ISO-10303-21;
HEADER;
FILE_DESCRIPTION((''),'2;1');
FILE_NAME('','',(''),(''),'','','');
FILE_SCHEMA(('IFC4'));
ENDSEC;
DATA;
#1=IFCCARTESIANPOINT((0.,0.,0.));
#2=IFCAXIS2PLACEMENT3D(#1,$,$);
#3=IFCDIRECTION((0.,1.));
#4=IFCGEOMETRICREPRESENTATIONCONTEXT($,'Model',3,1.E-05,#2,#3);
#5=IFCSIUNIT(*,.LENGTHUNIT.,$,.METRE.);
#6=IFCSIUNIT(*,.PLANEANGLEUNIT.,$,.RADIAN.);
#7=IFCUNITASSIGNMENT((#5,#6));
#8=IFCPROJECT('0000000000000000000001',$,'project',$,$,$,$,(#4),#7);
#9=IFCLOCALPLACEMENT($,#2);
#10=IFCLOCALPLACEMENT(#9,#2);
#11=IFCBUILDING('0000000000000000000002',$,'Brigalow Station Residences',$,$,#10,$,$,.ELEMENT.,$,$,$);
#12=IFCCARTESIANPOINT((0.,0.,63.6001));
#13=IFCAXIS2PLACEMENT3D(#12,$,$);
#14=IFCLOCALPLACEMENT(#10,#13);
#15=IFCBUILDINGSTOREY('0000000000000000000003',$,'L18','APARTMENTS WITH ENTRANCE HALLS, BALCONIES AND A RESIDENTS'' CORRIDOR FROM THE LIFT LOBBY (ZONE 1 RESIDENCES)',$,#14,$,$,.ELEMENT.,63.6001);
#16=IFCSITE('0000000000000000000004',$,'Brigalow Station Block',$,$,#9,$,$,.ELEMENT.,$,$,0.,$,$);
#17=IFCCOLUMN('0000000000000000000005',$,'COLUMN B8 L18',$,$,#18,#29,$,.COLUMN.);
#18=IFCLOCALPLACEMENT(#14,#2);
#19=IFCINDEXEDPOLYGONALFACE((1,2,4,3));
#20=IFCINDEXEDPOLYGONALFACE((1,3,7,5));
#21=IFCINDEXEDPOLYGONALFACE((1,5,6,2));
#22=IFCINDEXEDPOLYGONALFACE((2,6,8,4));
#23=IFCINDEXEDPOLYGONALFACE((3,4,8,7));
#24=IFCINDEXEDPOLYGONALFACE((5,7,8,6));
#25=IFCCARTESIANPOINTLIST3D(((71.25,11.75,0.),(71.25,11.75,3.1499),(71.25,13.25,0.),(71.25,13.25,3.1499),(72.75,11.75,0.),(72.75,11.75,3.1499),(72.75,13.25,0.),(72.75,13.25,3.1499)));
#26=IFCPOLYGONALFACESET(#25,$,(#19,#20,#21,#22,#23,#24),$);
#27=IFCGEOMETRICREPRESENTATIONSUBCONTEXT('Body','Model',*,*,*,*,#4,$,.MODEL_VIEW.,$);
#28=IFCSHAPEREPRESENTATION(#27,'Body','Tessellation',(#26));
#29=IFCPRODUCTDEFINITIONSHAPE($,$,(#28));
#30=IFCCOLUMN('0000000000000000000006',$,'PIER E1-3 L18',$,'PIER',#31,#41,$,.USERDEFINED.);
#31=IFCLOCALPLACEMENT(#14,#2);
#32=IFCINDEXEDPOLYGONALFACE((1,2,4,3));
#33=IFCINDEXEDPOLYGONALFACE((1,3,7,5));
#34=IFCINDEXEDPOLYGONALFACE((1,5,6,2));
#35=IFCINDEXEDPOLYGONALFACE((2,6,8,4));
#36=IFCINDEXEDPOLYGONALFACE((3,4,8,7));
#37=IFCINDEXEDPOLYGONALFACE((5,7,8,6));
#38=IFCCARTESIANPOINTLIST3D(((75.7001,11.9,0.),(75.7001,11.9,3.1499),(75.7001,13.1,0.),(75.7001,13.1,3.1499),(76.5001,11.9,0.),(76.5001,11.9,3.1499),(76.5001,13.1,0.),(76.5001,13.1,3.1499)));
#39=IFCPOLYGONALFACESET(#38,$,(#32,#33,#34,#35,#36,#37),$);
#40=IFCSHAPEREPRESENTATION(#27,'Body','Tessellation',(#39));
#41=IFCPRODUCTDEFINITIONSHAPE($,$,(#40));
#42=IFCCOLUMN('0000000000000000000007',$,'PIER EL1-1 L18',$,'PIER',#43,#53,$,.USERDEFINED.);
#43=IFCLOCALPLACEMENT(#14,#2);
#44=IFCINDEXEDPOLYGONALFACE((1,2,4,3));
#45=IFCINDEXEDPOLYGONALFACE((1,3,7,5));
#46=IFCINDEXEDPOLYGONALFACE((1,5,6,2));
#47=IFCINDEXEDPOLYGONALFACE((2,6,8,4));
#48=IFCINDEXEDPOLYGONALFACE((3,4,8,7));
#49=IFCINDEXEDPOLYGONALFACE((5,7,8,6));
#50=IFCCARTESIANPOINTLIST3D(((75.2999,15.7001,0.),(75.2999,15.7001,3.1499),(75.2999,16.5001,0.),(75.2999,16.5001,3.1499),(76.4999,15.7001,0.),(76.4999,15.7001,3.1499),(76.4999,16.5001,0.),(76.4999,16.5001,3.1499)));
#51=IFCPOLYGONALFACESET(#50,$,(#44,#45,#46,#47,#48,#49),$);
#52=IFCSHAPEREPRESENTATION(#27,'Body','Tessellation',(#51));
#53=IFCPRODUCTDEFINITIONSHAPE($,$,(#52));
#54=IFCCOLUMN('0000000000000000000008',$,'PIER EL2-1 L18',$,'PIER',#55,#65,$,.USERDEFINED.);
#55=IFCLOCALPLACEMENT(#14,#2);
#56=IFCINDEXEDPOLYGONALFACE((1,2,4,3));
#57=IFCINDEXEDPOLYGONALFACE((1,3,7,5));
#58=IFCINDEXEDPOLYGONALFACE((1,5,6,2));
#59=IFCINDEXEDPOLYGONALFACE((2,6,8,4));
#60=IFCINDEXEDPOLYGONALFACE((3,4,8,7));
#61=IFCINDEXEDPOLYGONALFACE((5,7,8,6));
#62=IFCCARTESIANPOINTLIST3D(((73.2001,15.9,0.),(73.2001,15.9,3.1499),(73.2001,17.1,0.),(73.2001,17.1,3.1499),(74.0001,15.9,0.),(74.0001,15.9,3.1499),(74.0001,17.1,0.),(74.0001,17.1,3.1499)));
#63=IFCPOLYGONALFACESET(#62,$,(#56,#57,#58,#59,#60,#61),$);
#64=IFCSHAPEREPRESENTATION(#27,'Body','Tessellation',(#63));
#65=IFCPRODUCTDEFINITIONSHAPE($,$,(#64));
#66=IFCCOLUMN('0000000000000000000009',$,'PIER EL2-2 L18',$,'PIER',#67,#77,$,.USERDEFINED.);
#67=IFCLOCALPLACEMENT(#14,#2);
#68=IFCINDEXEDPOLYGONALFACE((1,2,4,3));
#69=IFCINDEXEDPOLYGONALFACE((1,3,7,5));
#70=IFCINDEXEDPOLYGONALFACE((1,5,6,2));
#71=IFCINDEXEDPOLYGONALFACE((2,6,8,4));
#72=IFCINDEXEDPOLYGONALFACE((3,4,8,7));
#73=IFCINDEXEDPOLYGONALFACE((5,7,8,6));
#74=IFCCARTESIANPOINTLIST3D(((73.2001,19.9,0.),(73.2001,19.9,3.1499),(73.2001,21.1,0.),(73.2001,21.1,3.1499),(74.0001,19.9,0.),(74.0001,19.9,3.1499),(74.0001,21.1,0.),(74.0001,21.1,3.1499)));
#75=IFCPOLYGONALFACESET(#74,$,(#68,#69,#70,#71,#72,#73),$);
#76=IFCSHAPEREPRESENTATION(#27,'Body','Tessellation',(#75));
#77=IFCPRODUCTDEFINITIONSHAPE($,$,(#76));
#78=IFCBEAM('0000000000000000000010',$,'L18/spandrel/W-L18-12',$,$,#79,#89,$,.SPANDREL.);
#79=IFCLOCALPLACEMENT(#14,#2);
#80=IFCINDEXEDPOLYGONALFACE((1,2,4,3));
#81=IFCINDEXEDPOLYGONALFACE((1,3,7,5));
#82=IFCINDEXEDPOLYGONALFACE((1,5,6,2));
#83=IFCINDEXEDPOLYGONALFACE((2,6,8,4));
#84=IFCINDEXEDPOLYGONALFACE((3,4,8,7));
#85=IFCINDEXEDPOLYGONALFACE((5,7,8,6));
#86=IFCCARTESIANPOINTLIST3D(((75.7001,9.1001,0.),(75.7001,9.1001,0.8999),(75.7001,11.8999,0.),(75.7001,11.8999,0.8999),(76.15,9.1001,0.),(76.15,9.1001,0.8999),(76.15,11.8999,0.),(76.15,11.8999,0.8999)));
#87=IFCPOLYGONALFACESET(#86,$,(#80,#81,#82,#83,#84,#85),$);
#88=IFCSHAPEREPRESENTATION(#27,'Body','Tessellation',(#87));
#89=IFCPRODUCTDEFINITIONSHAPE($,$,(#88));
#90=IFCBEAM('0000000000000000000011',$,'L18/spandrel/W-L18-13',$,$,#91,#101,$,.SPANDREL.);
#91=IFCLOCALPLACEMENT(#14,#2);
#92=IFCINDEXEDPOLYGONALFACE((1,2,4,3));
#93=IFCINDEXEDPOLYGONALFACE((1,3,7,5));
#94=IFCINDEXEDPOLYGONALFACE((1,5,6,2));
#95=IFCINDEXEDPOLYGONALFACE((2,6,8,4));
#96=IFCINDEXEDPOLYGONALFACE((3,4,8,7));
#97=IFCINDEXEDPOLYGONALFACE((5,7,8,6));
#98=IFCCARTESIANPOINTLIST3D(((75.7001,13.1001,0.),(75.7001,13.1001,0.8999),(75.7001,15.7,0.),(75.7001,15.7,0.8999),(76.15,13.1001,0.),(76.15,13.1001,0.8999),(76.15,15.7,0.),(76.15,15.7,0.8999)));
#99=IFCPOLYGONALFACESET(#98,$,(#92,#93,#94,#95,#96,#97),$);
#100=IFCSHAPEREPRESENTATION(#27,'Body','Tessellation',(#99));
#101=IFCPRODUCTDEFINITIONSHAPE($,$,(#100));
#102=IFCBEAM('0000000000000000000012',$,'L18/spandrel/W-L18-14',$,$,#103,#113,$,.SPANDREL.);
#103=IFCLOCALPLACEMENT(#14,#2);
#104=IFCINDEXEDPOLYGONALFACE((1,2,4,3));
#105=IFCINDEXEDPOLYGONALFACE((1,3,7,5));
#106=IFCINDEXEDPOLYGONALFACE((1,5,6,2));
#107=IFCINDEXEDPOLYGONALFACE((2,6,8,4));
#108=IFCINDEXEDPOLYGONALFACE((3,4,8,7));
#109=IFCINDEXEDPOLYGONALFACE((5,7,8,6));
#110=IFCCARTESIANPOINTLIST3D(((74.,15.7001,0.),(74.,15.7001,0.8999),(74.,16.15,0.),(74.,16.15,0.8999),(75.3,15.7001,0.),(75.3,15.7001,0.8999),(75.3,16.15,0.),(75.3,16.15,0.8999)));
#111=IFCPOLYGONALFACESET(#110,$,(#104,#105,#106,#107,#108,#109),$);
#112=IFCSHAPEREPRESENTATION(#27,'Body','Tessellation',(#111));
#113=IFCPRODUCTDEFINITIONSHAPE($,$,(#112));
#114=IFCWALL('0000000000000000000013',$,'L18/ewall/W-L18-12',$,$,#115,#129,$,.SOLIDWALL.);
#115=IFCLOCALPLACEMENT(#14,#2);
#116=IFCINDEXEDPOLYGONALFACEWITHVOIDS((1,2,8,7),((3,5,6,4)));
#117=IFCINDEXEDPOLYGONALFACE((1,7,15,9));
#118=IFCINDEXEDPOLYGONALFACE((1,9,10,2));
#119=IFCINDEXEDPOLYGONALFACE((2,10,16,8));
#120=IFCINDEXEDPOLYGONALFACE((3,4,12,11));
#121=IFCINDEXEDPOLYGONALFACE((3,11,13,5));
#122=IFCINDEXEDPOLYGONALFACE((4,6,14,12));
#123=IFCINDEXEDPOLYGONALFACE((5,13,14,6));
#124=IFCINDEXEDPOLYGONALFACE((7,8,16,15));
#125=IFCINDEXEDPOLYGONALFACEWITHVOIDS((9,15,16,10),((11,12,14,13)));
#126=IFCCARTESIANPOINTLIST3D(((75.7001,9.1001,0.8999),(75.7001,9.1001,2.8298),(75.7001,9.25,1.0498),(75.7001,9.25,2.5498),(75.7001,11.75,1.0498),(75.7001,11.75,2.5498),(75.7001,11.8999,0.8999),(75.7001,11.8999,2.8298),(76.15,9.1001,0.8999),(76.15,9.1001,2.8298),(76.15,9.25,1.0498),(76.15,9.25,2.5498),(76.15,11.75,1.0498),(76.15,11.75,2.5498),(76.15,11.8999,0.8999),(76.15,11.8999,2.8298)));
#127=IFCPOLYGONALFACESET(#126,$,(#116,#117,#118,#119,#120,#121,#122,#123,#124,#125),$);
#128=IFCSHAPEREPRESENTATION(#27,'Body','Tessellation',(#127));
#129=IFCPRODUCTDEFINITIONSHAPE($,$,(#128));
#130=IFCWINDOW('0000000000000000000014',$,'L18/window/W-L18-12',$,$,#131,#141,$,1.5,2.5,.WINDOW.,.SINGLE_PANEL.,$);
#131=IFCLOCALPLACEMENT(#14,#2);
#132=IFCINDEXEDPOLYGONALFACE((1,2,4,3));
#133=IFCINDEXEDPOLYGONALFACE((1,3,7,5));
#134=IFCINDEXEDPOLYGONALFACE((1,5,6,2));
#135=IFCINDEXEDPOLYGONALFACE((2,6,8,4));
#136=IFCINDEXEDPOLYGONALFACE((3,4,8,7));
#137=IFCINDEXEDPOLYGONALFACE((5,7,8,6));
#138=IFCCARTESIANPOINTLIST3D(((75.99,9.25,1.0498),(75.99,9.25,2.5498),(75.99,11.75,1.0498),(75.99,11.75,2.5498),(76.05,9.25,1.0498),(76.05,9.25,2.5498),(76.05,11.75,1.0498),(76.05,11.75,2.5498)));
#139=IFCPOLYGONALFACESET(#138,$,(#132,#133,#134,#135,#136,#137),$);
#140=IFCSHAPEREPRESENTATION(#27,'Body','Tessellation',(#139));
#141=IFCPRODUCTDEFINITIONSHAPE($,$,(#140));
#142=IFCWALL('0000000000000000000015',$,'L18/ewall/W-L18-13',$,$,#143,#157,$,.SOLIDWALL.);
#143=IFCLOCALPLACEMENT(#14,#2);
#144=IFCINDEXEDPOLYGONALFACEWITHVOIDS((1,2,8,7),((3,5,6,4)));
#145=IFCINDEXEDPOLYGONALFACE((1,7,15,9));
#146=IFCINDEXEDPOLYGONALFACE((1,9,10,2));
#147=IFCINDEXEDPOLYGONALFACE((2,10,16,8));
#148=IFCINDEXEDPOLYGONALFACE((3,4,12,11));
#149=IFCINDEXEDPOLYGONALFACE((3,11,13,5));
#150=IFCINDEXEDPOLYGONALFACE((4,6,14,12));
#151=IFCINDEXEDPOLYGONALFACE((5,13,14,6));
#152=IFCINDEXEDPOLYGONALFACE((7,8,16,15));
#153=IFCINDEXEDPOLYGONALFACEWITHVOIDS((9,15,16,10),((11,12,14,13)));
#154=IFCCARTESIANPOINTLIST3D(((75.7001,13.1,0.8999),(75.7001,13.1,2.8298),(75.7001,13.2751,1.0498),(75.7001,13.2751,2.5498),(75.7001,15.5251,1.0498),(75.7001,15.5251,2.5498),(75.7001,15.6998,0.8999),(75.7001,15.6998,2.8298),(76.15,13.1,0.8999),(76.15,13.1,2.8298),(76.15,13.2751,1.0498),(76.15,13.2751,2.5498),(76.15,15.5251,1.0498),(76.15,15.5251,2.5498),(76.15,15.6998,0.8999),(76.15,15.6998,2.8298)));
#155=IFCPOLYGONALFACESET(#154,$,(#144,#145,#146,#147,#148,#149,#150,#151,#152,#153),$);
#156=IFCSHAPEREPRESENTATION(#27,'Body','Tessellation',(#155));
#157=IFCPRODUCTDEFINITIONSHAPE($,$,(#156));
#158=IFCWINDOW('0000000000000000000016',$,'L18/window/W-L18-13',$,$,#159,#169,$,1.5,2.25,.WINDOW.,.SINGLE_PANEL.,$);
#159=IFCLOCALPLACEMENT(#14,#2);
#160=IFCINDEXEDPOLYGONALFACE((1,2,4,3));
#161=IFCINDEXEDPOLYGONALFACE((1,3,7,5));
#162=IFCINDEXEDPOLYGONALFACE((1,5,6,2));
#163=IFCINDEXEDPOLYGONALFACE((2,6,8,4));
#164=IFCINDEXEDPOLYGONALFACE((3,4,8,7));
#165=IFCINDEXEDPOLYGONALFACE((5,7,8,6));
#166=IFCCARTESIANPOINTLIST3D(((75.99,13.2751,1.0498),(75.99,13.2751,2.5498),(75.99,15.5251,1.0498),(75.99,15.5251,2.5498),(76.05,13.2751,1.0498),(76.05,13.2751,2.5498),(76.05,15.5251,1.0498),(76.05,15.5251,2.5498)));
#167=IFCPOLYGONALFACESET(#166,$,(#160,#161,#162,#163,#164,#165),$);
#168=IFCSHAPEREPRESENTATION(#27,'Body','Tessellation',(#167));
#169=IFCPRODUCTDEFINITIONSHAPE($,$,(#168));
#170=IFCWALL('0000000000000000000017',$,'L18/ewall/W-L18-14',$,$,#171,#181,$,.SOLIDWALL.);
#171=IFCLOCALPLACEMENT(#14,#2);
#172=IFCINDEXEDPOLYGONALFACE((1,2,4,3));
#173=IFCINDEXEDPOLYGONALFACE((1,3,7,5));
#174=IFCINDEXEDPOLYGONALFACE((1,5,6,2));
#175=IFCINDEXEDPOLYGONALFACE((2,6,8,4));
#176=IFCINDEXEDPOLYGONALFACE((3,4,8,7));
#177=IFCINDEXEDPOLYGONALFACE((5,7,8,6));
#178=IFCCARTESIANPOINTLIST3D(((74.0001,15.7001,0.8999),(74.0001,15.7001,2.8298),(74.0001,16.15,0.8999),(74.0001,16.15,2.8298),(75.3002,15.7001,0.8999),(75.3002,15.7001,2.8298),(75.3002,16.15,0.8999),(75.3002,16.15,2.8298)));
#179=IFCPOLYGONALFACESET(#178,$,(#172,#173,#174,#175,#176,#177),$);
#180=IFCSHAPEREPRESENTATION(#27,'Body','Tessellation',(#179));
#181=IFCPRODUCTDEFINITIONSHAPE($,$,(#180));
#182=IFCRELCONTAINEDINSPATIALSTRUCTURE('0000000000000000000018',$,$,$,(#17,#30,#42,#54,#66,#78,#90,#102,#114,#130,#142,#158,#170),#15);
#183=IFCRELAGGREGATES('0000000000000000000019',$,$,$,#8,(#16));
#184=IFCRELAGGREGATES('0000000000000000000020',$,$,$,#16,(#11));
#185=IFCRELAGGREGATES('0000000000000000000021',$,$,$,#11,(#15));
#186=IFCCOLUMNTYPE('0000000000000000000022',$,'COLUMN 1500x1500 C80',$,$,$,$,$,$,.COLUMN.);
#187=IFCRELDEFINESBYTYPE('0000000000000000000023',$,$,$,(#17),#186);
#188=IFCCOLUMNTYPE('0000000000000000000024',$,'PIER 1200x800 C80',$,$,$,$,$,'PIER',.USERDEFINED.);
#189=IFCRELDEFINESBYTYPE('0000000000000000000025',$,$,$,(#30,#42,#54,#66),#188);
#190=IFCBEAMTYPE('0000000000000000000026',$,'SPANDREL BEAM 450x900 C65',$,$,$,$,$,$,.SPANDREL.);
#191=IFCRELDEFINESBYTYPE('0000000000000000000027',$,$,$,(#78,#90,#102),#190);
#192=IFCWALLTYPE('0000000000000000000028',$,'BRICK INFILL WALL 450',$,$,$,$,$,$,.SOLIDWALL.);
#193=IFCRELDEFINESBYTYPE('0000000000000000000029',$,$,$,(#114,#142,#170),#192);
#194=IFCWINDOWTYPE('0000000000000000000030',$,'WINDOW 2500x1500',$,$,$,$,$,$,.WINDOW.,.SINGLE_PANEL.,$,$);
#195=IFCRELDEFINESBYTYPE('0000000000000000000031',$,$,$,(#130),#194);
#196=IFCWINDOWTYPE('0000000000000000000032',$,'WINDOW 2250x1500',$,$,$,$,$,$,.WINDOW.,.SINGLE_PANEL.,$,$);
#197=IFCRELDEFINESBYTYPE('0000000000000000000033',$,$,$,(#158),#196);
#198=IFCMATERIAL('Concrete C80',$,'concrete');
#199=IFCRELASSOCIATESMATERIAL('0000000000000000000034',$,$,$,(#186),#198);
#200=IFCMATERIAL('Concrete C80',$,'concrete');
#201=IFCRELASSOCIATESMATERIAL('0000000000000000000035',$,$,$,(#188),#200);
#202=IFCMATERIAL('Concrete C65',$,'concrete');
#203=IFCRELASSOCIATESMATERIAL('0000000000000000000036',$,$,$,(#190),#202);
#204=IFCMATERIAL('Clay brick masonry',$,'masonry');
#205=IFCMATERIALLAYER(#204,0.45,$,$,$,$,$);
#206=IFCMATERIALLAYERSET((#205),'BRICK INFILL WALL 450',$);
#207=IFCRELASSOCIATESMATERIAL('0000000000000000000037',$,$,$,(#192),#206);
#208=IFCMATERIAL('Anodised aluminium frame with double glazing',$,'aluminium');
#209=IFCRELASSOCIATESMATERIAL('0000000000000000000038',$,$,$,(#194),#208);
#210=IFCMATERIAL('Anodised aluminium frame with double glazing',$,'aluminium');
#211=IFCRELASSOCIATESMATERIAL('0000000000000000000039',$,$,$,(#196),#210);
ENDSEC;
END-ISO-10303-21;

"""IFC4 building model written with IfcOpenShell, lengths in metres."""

from ifc_helpers import new_model, si_unit, direction, frame, frame_2d, origin, origin_2d, place, context, subcontext, project, spatial, rectangle, extrude, material, layer, layer_set, material_profile, profile_set, type_object, element, fill, save


model = new_model("IFC4")

# Units and contexts
model_context = context("Model", 3, precision=1e-05, world=origin(), true_north=direction((0.0, 1.0)))
body_context = subcontext(model_context, "Body", "Model", "MODEL_VIEW")
ifc_project = project(units=[si_unit("LENGTHUNIT", "METRE"), si_unit("PLANEANGLEUNIT", "RADIAN")], contexts=[model_context])

# Site, building, storey
site_placement = place(None, origin())
site = spatial("IfcSite", under=ifc_project, at=site_placement, Name="Brigalow Station Block", CompositionType="ELEMENT", RefElevation=0.0)
building_placement = place(site_placement, origin())
building = spatial("IfcBuilding", under=site, at=building_placement, Name="Brigalow Station Residences", CompositionType="ELEMENT")
storey_placement = place(building_placement, frame((0.0, 0.0, 63.6001)))
storey = spatial("IfcBuildingStorey", under=building, at=storey_placement, Name="L18", Description="APARTMENTS WITH ENTRANCE HALLS, BALCONIES AND A RESIDENTS' CORRIDOR FROM THE LIFT LOBBY (ZONE 1 RESIDENCES)", CompositionType="ELEMENT", Elevation=63.6001)

# Columns
ifc_material_1 = material(Name="Concrete C80", Category="concrete")
ifc_material_profile_1 = material_profile(ifc_material_1, rectangle(XDim=1.5, YDim=1.5, at=origin_2d()), Name="RC1500x1500")
ifc_profile_set_1 = profile_set([ifc_material_profile_1], Name="Concrete C80")
column_type_1 = type_object("IfcColumnType", Name="COLUMN 1500x1500 C80", PredefinedType="COLUMN", material=ifc_profile_set_1)
column_placement = place(storey_placement, frame((72.0, 12.5, 0.0), z_axis=(0.0, 0.0, 1.0), x_axis=(1.0, 0.0, 0.0)))
element("IfcColumn", 1, at=column_placement, inside=storey, type_object=column_type_1, Name="COLUMN B8 L18", PredefinedType="COLUMN", context=body_context, shape_type="SweptSolid", body=[
    extrude(rectangle(XDim=1.5, YDim=1.5, at=origin_2d()), origin(), (0.0, 0.0, 1.0), 3.1499),
])
ifc_material_2 = material(Name="Concrete C80", Category="concrete")
ifc_material_profile_2 = material_profile(ifc_material_2, rectangle(XDim=1.2, YDim=0.8, at=origin_2d()), Name="RC1200x800")
ifc_profile_set_2 = profile_set([ifc_material_profile_2], Name="Concrete C80")
column_type_2 = type_object("IfcColumnType", Name="PIER 1200x800 C80", ElementType="PIER", PredefinedType="USERDEFINED", material=ifc_profile_set_2)
for number, where, z_axis, x_axis, name in (
    (2, (76.1001, 12.5, 0.0), (0.0, 0.0, 1.0), (0.0, 1.0, 0.0), "PIER E1-3 L18"),
    (3, (75.8999, 16.1001, 0.0), (0.0, 0.0, 1.0), (-1.0, 0.0, 0.0), "PIER EL1-1 L18"),
    (4, (73.6001, 16.5, 0.0), (0.0, 0.0, 1.0), (0.0, 1.0, 0.0), "PIER EL2-1 L18"),
    (5, (73.6001, 20.5, 0.0), (0.0, 0.0, 1.0), (0.0, 1.0, 0.0), "PIER EL2-2 L18"),
):
    element("IfcColumn", number, at=place(storey_placement, frame(where, z_axis=z_axis, x_axis=x_axis)), inside=storey, type_object=column_type_2, Name=name, ObjectType="PIER", PredefinedType="USERDEFINED", context=body_context, shape_type="SweptSolid", body=[
        extrude(rectangle(XDim=1.2, YDim=0.8, at=origin_2d()), origin(), (0.0, 0.0, 1.0), 3.1499),
    ])

# Beams
ifc_material_3 = material(Name="Concrete C65", Category="concrete")
ifc_material_profile_3 = material_profile(ifc_material_3, rectangle(XDim=0.45, YDim=0.8999, at=origin_2d()), Name="RC450x900")
ifc_profile_set_3 = profile_set([ifc_material_profile_3], Name="Concrete C65")
beam_type = type_object("IfcBeamType", Name="SPANDREL BEAM 450x900 C65", PredefinedType="SPANDREL", material=ifc_profile_set_3)
beam_1_placement = place(storey_placement, frame((75.925, 9.1001, 0.45), z_axis=(0.0, 1.0, 0.0), x_axis=(-1.0, 0.0, 0.0)))
element("IfcBeam", 6, at=beam_1_placement, inside=storey, type_object=beam_type, Name="L18/spandrel/W-L18-12", PredefinedType="SPANDREL", context=body_context, shape_type="SweptSolid", body=[
    extrude(rectangle(XDim=0.45, YDim=0.8999, at=origin_2d()), origin(), (0.0, 0.0, 1.0), 2.7998),
])
beam_2_placement = place(storey_placement, frame((75.925, 13.1001, 0.45), z_axis=(0.0, 1.0, 0.0), x_axis=(-1.0, 0.0, 0.0)))
element("IfcBeam", 7, at=beam_2_placement, inside=storey, type_object=beam_type, Name="L18/spandrel/W-L18-13", PredefinedType="SPANDREL", context=body_context, shape_type="SweptSolid", body=[
    extrude(rectangle(XDim=0.45, YDim=0.8999, at=origin_2d()), origin(), (0.0, 0.0, 1.0), 2.5999),
])
beam_3_placement = place(storey_placement, frame((75.3, 15.925, 0.45), z_axis=(-1.0, 0.0, 0.0), x_axis=(0.0, -1.0, 0.0)))
element("IfcBeam", 8, at=beam_3_placement, inside=storey, type_object=beam_type, Name="L18/spandrel/W-L18-14", PredefinedType="SPANDREL", context=body_context, shape_type="SweptSolid", body=[
    extrude(rectangle(XDim=0.45, YDim=0.8999, at=origin_2d()), origin(), (0.0, 0.0, 1.0), 1.3),
])

# Walls, openings, windows
ifc_material_4 = material(Name="Clay brick masonry", Category="masonry")
ifc_layer = layer(ifc_material_4, 0.45)
ifc_layer_set = layer_set([ifc_layer], Name="BRICK INFILL WALL 450")
wall_type = type_object("IfcWallType", Name="BRICK INFILL WALL 450", PredefinedType="SOLIDWALL", material=ifc_layer_set)
wall_1_placement = place(storey_placement, frame((75.925, 9.1001, 0.8999), z_axis=(0.0, 0.0, 1.0), x_axis=(0.0, 1.0, 0.0)))
wall_1 = element("IfcWall", 9, at=wall_1_placement, inside=storey, type_object=wall_type, Name="L18/ewall/W-L18-12", PredefinedType="SOLIDWALL", context=body_context, shape_type="SweptSolid", body=[
    extrude(rectangle(XDim=2.7998, YDim=0.45, at=frame_2d((1.3999, 0.0))), origin(), (0.0, 0.0, 1.0), 1.9299),
])
opening_1_placement = place(wall_1_placement, frame((0.1499, 0.0, 0.1499)))
opening_1 = element("IfcOpeningElement", 10, at=opening_1_placement, cuts=wall_1, PredefinedType="OPENING", context=body_context, shape_type="SweptSolid", body=[
    extrude(rectangle(XDim=2.5, YDim=1.5, at=frame_2d((1.25, 0.75))), frame((0.0, 0.2349, 0.0), z_axis=(0.0, -1.0, 0.0), x_axis=(1.0, 0.0, 0.0)), (0.0, 0.0, 1.0), 0.47),
])
ifc_material_5 = material(Name="Anodised aluminium frame with double glazing", Category="aluminium")
window_type_1 = type_object("IfcWindowType", Name="WINDOW 2500x1500", PartitioningType="SINGLE_PANEL", PredefinedType="WINDOW", material=ifc_material_5)
window_1_placement = place(opening_1_placement, origin())
window_1 = element("IfcWindow", 11, at=window_1_placement, inside=storey, type_object=window_type_1, Name="L18/window/W-L18-12", OverallHeight=1.5, OverallWidth=2.5, PartitioningType="SINGLE_PANEL", PredefinedType="WINDOW", context=body_context, shape_type="SweptSolid", body=[
    extrude(rectangle(XDim=2.5, YDim=1.5, at=frame_2d((1.25, 0.75))), frame((0.0, -0.0649, 0.0), z_axis=(0.0, -1.0, 0.0), x_axis=(1.0, 0.0, 0.0)), (0.0, 0.0, 1.0), 0.0601),
])
fill(opening_1, window_1)
wall_2_placement = place(storey_placement, frame((75.925, 13.1001, 0.8999), z_axis=(0.0, 0.0, 1.0), x_axis=(0.0, 1.0, 0.0)))
wall_2 = element("IfcWall", 12, at=wall_2_placement, inside=storey, type_object=wall_type, Name="L18/ewall/W-L18-13", PredefinedType="SOLIDWALL", context=body_context, shape_type="SweptSolid", body=[
    extrude(rectangle(XDim=2.5999, YDim=0.45, at=frame_2d((1.2998, 0.0))), origin(), (0.0, 0.0, 1.0), 1.9299),
])
opening_2_placement = place(wall_2_placement, frame((0.175, 0.0, 0.1499)))
opening_2 = element("IfcOpeningElement", 13, at=opening_2_placement, cuts=wall_2, PredefinedType="OPENING", context=body_context, shape_type="SweptSolid", body=[
    extrude(rectangle(XDim=2.25, YDim=1.5, at=frame_2d((1.125, 0.75))), frame((0.0, 0.2349, 0.0), z_axis=(0.0, -1.0, 0.0), x_axis=(1.0, 0.0, 0.0)), (0.0, 0.0, 1.0), 0.47),
])
ifc_material_6 = material(Name="Anodised aluminium frame with double glazing", Category="aluminium")
window_type_2 = type_object("IfcWindowType", Name="WINDOW 2250x1500", PartitioningType="SINGLE_PANEL", PredefinedType="WINDOW", material=ifc_material_6)
window_2_placement = place(opening_2_placement, origin())
window_2 = element("IfcWindow", 14, at=window_2_placement, inside=storey, type_object=window_type_2, Name="L18/window/W-L18-13", OverallHeight=1.5, OverallWidth=2.25, PartitioningType="SINGLE_PANEL", PredefinedType="WINDOW", context=body_context, shape_type="SweptSolid", body=[
    extrude(rectangle(XDim=2.25, YDim=1.5, at=frame_2d((1.125, 0.75))), frame((0.0, -0.0649, 0.0), z_axis=(0.0, -1.0, 0.0), x_axis=(1.0, 0.0, 0.0)), (0.0, 0.0, 1.0), 0.0601),
])
fill(opening_2, window_2)

# Wall
wall_3_placement = place(storey_placement, frame((75.3, 15.925, 0.8999), z_axis=(0.0, 0.0, 1.0), x_axis=(-1.0, 0.0, 0.0)))
element("IfcWall", 15, at=wall_3_placement, inside=storey, type_object=wall_type, Name="L18/ewall/W-L18-14", PredefinedType="SOLIDWALL", context=body_context, shape_type="SweptSolid", body=[
    extrude(rectangle(XDim=1.3, YDim=0.45, at=frame_2d((0.6499, 0.0))), origin(), (0.0, 0.0, 1.0), 1.9299),
])

save(model, "model.ifc")
